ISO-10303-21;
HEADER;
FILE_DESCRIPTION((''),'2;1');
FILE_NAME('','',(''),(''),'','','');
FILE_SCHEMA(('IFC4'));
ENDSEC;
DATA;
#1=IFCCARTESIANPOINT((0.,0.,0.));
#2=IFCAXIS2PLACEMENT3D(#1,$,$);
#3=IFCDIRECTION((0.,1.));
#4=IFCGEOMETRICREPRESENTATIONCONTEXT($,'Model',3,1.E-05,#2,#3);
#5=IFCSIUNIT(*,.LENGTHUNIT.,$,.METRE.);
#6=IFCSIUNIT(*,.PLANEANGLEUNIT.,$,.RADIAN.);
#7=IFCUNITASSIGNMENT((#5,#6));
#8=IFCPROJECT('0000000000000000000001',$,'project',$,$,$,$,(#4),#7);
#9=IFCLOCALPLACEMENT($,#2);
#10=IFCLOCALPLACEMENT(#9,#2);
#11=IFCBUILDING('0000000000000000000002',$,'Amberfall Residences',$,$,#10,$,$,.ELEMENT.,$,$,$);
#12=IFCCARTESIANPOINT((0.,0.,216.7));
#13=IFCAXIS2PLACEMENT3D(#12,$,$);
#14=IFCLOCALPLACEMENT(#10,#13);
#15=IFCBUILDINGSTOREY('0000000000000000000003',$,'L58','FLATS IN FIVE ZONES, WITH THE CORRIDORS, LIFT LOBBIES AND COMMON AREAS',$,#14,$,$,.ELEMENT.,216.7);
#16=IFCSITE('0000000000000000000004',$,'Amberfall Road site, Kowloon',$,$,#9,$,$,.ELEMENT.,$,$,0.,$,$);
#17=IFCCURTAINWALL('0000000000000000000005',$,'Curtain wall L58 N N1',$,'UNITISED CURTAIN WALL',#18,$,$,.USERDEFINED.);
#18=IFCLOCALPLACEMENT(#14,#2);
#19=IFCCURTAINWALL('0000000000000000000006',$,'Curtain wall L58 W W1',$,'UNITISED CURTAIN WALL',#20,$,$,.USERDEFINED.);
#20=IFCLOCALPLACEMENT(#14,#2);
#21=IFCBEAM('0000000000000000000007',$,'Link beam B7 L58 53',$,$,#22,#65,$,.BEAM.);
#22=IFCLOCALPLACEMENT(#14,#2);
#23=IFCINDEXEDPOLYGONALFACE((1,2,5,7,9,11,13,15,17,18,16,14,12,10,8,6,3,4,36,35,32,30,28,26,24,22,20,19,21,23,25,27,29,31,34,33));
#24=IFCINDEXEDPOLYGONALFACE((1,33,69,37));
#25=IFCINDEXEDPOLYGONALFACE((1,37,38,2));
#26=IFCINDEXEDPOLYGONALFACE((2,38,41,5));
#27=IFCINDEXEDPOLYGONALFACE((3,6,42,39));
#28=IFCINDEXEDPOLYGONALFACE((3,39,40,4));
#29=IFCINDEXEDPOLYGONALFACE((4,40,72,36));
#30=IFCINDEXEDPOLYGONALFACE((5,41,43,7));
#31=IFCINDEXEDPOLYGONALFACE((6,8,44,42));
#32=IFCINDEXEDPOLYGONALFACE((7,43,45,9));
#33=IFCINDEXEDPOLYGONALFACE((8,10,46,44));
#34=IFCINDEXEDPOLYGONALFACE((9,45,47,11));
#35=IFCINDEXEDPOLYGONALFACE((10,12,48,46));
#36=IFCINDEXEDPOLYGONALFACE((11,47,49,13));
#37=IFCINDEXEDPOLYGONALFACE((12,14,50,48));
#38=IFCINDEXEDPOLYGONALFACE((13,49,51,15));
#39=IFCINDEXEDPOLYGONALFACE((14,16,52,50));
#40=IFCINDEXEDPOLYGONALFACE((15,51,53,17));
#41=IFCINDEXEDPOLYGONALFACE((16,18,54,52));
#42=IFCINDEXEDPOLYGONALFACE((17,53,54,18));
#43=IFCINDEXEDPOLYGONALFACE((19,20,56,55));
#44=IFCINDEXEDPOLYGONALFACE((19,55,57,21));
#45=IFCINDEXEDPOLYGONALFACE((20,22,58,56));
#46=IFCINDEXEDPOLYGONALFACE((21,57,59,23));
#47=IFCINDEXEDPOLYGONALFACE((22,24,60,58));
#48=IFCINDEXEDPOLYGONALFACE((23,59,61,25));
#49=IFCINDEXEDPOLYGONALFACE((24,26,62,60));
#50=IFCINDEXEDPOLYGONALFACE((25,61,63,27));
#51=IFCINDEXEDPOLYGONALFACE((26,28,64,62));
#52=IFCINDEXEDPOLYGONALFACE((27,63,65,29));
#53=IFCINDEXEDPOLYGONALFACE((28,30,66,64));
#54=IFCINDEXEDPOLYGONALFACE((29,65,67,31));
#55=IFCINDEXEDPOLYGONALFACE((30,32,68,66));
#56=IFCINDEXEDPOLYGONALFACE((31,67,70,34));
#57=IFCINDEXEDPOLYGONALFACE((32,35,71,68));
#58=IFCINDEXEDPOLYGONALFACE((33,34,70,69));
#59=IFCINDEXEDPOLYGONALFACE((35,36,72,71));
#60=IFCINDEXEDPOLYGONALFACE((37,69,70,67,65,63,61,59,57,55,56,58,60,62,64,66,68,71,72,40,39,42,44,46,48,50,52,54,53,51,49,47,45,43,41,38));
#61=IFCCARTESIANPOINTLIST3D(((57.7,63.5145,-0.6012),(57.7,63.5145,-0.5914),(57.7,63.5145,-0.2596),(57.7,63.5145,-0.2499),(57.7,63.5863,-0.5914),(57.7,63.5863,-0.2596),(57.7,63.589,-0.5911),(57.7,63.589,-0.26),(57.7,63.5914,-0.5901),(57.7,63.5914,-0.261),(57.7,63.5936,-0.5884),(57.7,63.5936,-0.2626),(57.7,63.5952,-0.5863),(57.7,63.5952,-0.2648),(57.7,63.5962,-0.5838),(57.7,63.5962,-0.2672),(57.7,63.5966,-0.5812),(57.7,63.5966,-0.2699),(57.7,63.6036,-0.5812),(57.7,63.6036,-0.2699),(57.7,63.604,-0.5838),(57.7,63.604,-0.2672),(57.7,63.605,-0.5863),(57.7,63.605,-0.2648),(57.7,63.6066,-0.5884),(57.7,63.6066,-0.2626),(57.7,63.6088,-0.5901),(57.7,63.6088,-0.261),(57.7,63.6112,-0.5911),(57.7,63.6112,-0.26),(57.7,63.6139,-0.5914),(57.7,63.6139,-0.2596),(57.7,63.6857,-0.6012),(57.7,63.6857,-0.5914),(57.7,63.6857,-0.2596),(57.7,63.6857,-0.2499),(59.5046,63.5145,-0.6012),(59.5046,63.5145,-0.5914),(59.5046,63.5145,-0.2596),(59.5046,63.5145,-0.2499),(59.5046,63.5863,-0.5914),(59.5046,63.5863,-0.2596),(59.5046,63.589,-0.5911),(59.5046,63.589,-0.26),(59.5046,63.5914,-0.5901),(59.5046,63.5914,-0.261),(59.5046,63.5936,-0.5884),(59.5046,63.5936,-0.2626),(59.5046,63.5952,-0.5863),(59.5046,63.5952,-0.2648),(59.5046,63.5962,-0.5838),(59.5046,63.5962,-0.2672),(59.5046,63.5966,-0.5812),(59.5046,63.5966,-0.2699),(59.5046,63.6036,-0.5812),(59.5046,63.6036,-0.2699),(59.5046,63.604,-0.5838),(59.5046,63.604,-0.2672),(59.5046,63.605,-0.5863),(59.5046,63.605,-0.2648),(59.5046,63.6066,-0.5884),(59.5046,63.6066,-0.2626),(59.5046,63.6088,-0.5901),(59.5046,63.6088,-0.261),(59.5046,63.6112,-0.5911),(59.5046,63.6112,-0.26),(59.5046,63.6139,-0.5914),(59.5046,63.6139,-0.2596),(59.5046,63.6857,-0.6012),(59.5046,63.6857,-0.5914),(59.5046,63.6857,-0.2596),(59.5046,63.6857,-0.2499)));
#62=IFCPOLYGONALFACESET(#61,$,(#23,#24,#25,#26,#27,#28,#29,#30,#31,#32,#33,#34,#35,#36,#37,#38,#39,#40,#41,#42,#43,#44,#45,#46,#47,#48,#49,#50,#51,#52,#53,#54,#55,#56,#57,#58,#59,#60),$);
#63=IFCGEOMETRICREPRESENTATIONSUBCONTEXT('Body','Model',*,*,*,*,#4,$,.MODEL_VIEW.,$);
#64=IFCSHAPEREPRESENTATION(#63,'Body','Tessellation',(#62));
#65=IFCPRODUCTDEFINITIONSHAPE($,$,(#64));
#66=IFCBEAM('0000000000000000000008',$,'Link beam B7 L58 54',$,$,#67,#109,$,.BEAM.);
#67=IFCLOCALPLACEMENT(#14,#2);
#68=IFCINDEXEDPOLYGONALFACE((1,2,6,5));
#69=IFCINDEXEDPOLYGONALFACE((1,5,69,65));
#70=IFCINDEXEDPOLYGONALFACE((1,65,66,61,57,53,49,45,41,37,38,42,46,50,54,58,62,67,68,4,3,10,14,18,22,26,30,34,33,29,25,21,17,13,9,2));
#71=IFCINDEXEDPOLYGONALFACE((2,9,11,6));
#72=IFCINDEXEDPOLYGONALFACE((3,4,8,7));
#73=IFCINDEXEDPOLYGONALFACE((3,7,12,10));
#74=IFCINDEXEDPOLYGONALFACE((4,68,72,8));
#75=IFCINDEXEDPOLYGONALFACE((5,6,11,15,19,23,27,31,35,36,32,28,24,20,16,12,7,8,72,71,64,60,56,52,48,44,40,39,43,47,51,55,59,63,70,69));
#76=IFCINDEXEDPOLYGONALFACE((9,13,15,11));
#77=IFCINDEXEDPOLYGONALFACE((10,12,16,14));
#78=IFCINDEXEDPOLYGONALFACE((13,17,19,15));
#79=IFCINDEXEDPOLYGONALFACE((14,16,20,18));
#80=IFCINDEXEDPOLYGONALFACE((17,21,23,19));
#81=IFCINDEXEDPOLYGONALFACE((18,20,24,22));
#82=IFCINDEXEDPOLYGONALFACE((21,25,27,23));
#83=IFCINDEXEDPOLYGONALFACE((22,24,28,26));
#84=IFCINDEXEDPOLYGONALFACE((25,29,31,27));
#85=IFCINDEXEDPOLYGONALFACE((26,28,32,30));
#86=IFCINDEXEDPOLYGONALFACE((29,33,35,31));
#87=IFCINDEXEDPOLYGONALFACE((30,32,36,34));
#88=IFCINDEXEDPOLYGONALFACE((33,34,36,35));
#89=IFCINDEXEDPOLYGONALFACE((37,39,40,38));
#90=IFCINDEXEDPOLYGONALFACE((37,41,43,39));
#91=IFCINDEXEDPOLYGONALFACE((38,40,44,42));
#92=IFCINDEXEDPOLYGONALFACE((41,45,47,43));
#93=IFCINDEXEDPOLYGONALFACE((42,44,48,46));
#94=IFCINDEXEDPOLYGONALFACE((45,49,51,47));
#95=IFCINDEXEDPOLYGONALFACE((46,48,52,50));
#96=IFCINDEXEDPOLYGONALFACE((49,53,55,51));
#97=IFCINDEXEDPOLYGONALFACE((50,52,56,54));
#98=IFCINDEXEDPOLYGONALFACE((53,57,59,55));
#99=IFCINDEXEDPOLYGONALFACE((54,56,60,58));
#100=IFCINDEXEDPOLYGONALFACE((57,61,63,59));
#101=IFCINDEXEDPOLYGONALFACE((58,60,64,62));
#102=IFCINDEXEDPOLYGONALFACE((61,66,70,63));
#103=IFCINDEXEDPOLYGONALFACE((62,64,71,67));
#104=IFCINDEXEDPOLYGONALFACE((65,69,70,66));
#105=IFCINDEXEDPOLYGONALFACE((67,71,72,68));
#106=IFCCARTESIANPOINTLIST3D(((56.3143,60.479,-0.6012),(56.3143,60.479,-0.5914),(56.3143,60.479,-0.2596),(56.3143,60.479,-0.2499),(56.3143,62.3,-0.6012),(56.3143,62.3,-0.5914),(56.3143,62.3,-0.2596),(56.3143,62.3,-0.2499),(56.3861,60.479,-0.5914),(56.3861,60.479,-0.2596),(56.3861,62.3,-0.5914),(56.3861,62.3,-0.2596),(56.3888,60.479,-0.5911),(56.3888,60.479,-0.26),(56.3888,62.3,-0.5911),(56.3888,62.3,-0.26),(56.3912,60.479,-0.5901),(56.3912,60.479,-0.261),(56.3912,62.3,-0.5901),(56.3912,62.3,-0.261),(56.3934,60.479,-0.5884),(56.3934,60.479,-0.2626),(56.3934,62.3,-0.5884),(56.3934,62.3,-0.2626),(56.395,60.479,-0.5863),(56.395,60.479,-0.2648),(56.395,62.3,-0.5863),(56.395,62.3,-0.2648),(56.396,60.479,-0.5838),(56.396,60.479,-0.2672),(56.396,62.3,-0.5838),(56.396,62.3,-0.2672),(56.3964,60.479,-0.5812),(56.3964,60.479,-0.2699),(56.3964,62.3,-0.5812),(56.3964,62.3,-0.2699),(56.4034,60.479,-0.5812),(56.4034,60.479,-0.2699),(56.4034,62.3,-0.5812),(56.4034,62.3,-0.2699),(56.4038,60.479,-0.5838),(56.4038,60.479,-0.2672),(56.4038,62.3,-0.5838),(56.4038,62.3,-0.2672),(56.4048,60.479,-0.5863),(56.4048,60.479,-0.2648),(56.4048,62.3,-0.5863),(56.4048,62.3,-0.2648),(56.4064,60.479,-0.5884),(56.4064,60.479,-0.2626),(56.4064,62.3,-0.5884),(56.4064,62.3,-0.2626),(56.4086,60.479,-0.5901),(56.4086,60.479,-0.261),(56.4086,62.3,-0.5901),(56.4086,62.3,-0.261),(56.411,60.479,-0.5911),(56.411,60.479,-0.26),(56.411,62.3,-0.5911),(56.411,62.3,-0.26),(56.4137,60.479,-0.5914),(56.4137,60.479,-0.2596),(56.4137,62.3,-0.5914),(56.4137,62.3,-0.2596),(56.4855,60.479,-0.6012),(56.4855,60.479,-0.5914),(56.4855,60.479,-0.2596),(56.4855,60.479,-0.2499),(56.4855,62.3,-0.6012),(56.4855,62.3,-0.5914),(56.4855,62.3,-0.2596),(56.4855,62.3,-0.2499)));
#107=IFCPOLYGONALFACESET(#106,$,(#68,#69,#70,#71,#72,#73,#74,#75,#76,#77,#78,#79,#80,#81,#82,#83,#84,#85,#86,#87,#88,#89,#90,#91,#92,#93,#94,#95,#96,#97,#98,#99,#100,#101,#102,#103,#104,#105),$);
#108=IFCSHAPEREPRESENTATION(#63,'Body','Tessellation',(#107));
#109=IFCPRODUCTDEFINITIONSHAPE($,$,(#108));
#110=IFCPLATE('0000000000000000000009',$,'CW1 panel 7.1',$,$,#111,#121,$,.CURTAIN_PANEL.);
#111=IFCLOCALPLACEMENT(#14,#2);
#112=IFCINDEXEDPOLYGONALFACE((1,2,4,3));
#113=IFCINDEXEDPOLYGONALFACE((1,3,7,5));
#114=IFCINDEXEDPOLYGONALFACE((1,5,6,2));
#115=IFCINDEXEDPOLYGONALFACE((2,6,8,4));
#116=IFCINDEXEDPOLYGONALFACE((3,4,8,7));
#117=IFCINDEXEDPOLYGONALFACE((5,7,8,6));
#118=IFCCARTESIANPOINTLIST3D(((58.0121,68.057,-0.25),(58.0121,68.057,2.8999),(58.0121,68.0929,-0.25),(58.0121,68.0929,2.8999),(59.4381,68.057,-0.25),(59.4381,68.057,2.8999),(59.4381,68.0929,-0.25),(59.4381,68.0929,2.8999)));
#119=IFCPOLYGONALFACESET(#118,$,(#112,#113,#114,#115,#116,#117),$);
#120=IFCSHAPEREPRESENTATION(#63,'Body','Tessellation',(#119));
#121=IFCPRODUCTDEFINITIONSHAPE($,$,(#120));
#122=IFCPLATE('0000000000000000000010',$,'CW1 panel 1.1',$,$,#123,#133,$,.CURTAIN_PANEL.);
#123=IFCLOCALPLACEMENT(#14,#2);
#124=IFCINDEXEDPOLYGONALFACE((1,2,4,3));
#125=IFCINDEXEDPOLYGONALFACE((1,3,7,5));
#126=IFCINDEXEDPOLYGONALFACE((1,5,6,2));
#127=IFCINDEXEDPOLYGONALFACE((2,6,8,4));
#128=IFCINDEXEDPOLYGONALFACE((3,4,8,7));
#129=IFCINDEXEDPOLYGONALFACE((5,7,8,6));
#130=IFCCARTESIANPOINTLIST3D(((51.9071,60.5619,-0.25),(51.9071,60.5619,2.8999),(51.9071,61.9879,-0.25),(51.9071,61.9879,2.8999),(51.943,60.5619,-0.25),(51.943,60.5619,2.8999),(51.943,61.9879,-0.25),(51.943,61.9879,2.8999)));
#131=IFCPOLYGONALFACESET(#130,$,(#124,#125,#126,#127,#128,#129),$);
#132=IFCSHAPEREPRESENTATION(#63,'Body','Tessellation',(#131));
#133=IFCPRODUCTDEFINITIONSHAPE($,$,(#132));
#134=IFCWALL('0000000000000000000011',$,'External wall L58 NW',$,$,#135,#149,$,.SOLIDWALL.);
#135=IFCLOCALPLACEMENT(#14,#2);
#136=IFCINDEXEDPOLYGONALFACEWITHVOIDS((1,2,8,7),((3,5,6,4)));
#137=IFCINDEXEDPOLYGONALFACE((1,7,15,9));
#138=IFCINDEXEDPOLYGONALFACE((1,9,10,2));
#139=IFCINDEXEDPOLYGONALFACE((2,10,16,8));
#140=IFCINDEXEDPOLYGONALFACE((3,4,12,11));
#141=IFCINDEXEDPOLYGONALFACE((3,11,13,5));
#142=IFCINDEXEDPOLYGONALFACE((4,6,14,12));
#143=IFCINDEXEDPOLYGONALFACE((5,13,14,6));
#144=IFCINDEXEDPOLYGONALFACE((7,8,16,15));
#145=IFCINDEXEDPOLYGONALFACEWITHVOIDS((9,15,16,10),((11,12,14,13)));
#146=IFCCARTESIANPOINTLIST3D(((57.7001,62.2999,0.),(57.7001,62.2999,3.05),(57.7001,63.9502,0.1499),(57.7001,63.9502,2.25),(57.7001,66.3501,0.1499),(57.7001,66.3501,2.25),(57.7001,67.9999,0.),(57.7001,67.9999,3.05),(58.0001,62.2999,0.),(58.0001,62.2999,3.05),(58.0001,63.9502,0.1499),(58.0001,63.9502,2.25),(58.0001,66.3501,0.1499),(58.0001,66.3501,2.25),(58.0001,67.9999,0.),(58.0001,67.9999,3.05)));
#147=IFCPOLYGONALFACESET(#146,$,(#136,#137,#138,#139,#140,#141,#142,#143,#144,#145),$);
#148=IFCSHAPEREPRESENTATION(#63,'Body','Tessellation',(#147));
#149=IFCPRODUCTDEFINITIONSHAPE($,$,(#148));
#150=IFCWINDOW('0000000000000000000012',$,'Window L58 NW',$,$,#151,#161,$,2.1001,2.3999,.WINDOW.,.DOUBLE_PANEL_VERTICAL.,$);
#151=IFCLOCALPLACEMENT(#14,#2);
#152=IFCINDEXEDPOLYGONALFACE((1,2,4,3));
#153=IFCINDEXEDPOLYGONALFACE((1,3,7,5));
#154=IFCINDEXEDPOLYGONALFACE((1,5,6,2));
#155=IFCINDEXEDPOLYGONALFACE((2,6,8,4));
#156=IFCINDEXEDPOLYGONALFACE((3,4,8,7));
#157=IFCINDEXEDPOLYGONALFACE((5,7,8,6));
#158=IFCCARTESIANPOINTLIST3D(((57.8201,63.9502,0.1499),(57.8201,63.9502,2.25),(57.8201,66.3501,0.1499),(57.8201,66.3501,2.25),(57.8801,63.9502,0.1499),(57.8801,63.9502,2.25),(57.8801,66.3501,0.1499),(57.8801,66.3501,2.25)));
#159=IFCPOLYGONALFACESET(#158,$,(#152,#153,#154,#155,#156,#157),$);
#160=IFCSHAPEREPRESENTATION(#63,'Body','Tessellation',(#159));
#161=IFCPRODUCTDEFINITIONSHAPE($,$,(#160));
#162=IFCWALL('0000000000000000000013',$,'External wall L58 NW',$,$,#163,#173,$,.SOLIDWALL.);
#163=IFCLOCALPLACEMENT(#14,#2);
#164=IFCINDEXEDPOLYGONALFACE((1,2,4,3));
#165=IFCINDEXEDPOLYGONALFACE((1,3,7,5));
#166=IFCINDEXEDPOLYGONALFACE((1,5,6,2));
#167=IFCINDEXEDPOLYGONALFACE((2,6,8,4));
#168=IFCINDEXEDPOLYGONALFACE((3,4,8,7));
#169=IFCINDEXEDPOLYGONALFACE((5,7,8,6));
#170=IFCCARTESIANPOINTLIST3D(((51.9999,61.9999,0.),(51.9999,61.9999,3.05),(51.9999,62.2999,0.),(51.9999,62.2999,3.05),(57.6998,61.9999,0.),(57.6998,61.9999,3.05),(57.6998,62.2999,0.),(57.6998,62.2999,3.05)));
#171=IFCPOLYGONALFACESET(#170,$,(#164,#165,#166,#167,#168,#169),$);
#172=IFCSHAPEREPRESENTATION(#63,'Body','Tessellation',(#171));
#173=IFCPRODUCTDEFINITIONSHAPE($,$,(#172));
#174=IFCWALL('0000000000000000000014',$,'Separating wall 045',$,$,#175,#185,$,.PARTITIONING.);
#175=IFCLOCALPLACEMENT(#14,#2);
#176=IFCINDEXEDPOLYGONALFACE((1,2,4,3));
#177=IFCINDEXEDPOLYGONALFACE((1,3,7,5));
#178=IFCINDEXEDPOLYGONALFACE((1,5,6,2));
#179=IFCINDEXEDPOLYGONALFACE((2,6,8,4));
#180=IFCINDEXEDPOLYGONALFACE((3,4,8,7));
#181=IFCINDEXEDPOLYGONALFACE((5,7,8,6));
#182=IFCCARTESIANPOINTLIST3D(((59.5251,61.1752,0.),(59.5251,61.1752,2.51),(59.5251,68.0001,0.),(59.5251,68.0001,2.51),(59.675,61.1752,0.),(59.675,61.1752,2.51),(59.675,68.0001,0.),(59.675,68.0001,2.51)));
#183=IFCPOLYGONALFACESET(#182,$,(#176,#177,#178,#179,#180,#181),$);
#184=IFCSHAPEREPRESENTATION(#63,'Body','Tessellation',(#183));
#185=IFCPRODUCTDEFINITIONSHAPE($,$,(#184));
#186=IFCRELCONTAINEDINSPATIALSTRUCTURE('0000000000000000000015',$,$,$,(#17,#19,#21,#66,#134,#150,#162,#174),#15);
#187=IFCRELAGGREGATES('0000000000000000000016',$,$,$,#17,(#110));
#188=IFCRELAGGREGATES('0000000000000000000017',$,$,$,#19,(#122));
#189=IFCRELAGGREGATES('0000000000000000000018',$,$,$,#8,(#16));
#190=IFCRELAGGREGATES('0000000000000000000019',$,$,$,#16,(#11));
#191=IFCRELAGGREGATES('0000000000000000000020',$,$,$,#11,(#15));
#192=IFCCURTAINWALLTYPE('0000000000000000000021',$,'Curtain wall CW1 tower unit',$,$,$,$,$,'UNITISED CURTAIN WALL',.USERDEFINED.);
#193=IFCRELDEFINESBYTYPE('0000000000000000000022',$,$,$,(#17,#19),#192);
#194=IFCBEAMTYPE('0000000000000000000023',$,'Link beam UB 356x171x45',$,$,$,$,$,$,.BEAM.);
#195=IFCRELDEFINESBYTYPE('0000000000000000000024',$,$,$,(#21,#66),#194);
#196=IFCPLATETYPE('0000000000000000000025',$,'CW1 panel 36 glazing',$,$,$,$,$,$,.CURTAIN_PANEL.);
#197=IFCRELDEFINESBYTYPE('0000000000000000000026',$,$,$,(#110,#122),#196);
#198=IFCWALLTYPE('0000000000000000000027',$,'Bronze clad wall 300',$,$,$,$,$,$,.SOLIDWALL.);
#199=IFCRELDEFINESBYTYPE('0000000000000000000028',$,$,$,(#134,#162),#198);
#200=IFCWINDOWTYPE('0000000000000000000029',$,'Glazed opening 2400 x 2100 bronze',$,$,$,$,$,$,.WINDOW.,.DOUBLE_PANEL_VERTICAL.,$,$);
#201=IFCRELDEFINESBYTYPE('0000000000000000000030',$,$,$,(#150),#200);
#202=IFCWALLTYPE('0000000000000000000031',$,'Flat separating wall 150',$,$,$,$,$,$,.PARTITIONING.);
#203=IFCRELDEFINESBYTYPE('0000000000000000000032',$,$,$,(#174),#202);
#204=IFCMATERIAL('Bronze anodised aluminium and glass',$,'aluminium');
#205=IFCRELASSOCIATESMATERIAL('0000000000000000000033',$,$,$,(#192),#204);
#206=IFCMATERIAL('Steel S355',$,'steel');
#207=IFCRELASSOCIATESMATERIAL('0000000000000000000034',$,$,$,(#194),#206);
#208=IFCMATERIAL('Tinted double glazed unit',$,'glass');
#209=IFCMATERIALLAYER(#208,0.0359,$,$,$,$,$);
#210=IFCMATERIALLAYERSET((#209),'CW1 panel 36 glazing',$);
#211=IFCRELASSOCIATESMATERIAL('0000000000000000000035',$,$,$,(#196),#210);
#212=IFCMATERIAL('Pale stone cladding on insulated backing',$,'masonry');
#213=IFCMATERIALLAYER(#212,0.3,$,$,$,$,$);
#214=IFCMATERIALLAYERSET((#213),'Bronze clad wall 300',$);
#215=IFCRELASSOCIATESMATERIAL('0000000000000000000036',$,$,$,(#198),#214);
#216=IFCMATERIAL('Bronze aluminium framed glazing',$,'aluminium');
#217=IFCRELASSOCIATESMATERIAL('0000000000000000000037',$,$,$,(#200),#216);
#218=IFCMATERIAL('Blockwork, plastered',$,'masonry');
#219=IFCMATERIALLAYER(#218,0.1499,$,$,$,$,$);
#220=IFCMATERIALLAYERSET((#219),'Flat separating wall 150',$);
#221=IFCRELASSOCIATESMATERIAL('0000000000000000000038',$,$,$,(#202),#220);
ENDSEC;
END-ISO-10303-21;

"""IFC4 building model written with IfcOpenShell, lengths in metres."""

from ifc_helpers import new_model, si_unit, direction, frame, frame_2d, origin, origin_2d, place, context, subcontext, project, spatial, rectangle, i_section, extrude, material, layer, layer_set, material_profile, profile_set, type_object, element, fill, aggregate, save


model = new_model("IFC4")

# Units and contexts
model_context = context("Model", 3, precision=1e-05, world=origin(), true_north=direction((0.0, 1.0)))
body_context = subcontext(model_context, "Body", "Model", "MODEL_VIEW")
ifc_project = project(units=[si_unit("LENGTHUNIT", "METRE"), si_unit("PLANEANGLEUNIT", "RADIAN")], contexts=[model_context])

# Site, building, storey
site_placement = place(None, origin())
site = spatial("IfcSite", under=ifc_project, at=site_placement, Name="Amberfall Road site, Kowloon", CompositionType="ELEMENT", RefElevation=0.0)
building_placement = place(site_placement, origin())
building = spatial("IfcBuilding", under=site, at=building_placement, Name="Amberfall Residences", CompositionType="ELEMENT")
storey_placement = place(building_placement, frame((0.0, 0.0, 216.7)))
storey = spatial("IfcBuildingStorey", under=building, at=storey_placement, Name="L58", Description="FLATS IN FIVE ZONES, WITH THE CORRIDORS, LIFT LOBBIES AND COMMON AREAS", CompositionType="ELEMENT", Elevation=216.7)

# Curtain walls
ifc_material_1 = material(Name="Bronze anodised aluminium and glass", Category="aluminium")
curtain_wall_type = type_object("IfcCurtainWallType", Name="Curtain wall CW1 tower unit", ElementType="UNITISED CURTAIN WALL", PredefinedType="USERDEFINED", material=ifc_material_1)
curtain_wall_1_placement = place(storey_placement, origin())
curtain_wall_1 = element("IfcCurtainWall", 1, at=curtain_wall_1_placement, inside=storey, type_object=curtain_wall_type, Name="Curtain wall L58 N N1", ObjectType="UNITISED CURTAIN WALL", PredefinedType="USERDEFINED")
curtain_wall_2_placement = place(storey_placement, origin())
curtain_wall_2 = element("IfcCurtainWall", 2, at=curtain_wall_2_placement, inside=storey, type_object=curtain_wall_type, Name="Curtain wall L58 W W1", ObjectType="UNITISED CURTAIN WALL", PredefinedType="USERDEFINED")

# Beams
ifc_material_2 = material(Name="Steel S355", Category="steel")
ifc_material_profile_1 = material_profile(ifc_material_2, i_section(OverallWidth=0.1711, OverallDepth=0.3513, WebThickness=0.0071, FlangeThickness=0.0098, FilletRadius=0.0103, at=origin_2d()), Name="UB 356x171x45")
ifc_profile_set_1 = profile_set([ifc_material_profile_1], Name="Steel S355")
beam_type_1 = type_object("IfcBeamType", Name="Link beam UB 356x171x45", PredefinedType="BEAM", material=ifc_profile_set_1)
beam_1_placement = place(storey_placement, frame((57.7, 63.6001, -0.4255), z_axis=(1.0, 0.0, 0.0), x_axis=(0.0, 1.0, 0.0)))
element("IfcBeam", 3, at=beam_1_placement, inside=storey, type_object=beam_type_1, Name="Link beam B7 L58 53", PredefinedType="BEAM", context=body_context, shape_type="SweptSolid", body=[
    extrude(i_section(OverallWidth=0.1711, OverallDepth=0.3513, WebThickness=0.0071, FlangeThickness=0.0098, FilletRadius=0.0103, at=origin_2d()), origin(), (0.0, 0.0, 1.0), 1.8047),
])
beam_2_placement = place(storey_placement, frame((56.3999, 62.3, -0.4255), z_axis=(0.0, -1.0, 0.0), x_axis=(1.0, 0.0, 0.0)))
element("IfcBeam", 4, at=beam_2_placement, inside=storey, type_object=beam_type_1, Name="Link beam B7 L58 54", PredefinedType="BEAM", context=body_context, shape_type="SweptSolid", body=[
    extrude(i_section(OverallWidth=0.1711, OverallDepth=0.3513, WebThickness=0.0071, FlangeThickness=0.0098, FilletRadius=0.0103, at=origin_2d()), origin(), (0.0, 0.0, 1.0), 1.821),
])

# Plates
ifc_material_3 = material(Name="Tinted double glazed unit", Category="glass")
ifc_layer_1 = layer(ifc_material_3, 0.0359)
ifc_layer_set_1 = layer_set([ifc_layer_1], Name="CW1 panel 36 glazing")
plate_type = type_object("IfcPlateType", Name="CW1 panel 36 glazing", PredefinedType="CURTAIN_PANEL", material=ifc_layer_set_1)
plate_1_placement = place(storey_placement, frame((58.7251, 68.075, -0.25), z_axis=(0.0, 0.0, 1.0), x_axis=(-1.0, 0.0, 0.0)))
plate_1 = element("IfcPlate", 5, at=plate_1_placement, type_object=plate_type, Name="CW1 panel 7.1", PredefinedType="CURTAIN_PANEL", context=body_context, shape_type="SweptSolid", body=[
    extrude(rectangle(XDim=1.426, YDim=0.0359, at=origin_2d()), origin(), (0.0, 0.0, 1.0), 3.1499),
])
aggregate(curtain_wall_1, [plate_1])
plate_2_placement = place(storey_placement, frame((51.925, 61.2749, -0.25), z_axis=(0.0, 0.0, 1.0), x_axis=(0.0, -1.0, 0.0)))
plate_2 = element("IfcPlate", 6, at=plate_2_placement, type_object=plate_type, Name="CW1 panel 1.1", PredefinedType="CURTAIN_PANEL", context=body_context, shape_type="SweptSolid", body=[
    extrude(rectangle(XDim=1.426, YDim=0.0359, at=origin_2d()), origin(), (0.0, 0.0, 1.0), 3.1499),
])
aggregate(curtain_wall_2, [plate_2])

# Wall, opening, window
ifc_material_4 = material(Name="Pale stone cladding on insulated backing", Category="masonry")
ifc_layer_2 = layer(ifc_material_4, 0.3)
ifc_layer_set_2 = layer_set([ifc_layer_2], Name="Bronze clad wall 300")
wall_type_1 = type_object("IfcWallType", Name="Bronze clad wall 300", PredefinedType="SOLIDWALL", material=ifc_layer_set_2)
wall_1_placement = place(storey_placement, frame((57.8501, 68.0, 0.0), z_axis=(0.0, 0.0, 1.0), x_axis=(0.0, -1.0, 0.0)))
wall_1 = element("IfcWall", 7, at=wall_1_placement, inside=storey, type_object=wall_type_1, Name="External wall L58 NW", PredefinedType="SOLIDWALL", context=body_context, shape_type="SweptSolid", body=[
    extrude(rectangle(XDim=5.7, YDim=0.3, at=frame_2d((2.8501, 0.0))), origin(), (0.0, 0.0, 1.0), 3.05),
])
opening_1_placement = place(wall_1_placement, frame((1.6499, 0.0, 0.1499)))
opening_1 = element("IfcOpeningElement", 8, at=opening_1_placement, cuts=wall_1, PredefinedType="OPENING", context=body_context, shape_type="SweptSolid", body=[
    extrude(rectangle(XDim=2.3999, YDim=2.1001, at=frame_2d((1.2, 1.05))), frame((0.0, 0.1599, 0.0), z_axis=(0.0, -1.0, 0.0), x_axis=(1.0, 0.0, 0.0)), (0.0, 0.0, 1.0), 0.3201),
])
ifc_material_5 = material(Name="Bronze aluminium framed glazing", Category="aluminium")
window_type = type_object("IfcWindowType", Name="Glazed opening 2400 x 2100 bronze", PartitioningType="DOUBLE_PANEL_VERTICAL", PredefinedType="WINDOW", material=ifc_material_5)
window_placement = place(opening_1_placement, origin())
window = element("IfcWindow", 9, at=window_placement, inside=storey, type_object=window_type, Name="Window L58 NW", OverallHeight=2.1001, OverallWidth=2.3999, PartitioningType="DOUBLE_PANEL_VERTICAL", PredefinedType="WINDOW", context=body_context, shape_type="SweptSolid", body=[
    extrude(rectangle(XDim=2.3999, YDim=2.1001, at=frame_2d((1.2, 1.05))), frame((0.0, 0.03, 0.0), z_axis=(0.0, -1.0, 0.0), x_axis=(1.0, 0.0, 0.0)), (0.0, 0.0, 1.0), 0.0601),
])
fill(opening_1, window)

# Walls
wall_2_placement = place(storey_placement, frame((57.7, 62.1499, 0.0), z_axis=(0.0, 0.0, 1.0), x_axis=(-1.0, 0.0, 0.0)))
element("IfcWall", 10, at=wall_2_placement, inside=storey, type_object=wall_type_1, Name="External wall L58 NW", PredefinedType="SOLIDWALL", context=body_context, shape_type="SweptSolid", body=[
    extrude(rectangle(XDim=5.7, YDim=0.3, at=frame_2d((2.8501, 0.0))), origin(), (0.0, 0.0, 1.0), 3.05),
])
ifc_material_6 = material(Name="Blockwork, plastered", Category="masonry")
ifc_layer_3 = layer(ifc_material_6, 0.1499)
ifc_layer_set_3 = layer_set([ifc_layer_3], Name="Flat separating wall 150")
wall_type_2 = type_object("IfcWallType", Name="Flat separating wall 150", PredefinedType="PARTITIONING", material=ifc_layer_set_3)
wall_3_placement = place(storey_placement, frame((59.6001, 61.175, 0.0), z_axis=(0.0, 0.0, 1.0), x_axis=(0.0, 1.0, 0.0)))
element("IfcWall", 11, at=wall_3_placement, inside=storey, type_object=wall_type_2, Name="Separating wall 045", PredefinedType="PARTITIONING", context=body_context, shape_type="SweptSolid", body=[
    extrude(rectangle(XDim=6.825, YDim=0.1499, at=frame_2d((3.4126, 0.0))), origin(), (0.0, 0.0, 1.0), 2.51),
])

save(model, "model.ifc")
